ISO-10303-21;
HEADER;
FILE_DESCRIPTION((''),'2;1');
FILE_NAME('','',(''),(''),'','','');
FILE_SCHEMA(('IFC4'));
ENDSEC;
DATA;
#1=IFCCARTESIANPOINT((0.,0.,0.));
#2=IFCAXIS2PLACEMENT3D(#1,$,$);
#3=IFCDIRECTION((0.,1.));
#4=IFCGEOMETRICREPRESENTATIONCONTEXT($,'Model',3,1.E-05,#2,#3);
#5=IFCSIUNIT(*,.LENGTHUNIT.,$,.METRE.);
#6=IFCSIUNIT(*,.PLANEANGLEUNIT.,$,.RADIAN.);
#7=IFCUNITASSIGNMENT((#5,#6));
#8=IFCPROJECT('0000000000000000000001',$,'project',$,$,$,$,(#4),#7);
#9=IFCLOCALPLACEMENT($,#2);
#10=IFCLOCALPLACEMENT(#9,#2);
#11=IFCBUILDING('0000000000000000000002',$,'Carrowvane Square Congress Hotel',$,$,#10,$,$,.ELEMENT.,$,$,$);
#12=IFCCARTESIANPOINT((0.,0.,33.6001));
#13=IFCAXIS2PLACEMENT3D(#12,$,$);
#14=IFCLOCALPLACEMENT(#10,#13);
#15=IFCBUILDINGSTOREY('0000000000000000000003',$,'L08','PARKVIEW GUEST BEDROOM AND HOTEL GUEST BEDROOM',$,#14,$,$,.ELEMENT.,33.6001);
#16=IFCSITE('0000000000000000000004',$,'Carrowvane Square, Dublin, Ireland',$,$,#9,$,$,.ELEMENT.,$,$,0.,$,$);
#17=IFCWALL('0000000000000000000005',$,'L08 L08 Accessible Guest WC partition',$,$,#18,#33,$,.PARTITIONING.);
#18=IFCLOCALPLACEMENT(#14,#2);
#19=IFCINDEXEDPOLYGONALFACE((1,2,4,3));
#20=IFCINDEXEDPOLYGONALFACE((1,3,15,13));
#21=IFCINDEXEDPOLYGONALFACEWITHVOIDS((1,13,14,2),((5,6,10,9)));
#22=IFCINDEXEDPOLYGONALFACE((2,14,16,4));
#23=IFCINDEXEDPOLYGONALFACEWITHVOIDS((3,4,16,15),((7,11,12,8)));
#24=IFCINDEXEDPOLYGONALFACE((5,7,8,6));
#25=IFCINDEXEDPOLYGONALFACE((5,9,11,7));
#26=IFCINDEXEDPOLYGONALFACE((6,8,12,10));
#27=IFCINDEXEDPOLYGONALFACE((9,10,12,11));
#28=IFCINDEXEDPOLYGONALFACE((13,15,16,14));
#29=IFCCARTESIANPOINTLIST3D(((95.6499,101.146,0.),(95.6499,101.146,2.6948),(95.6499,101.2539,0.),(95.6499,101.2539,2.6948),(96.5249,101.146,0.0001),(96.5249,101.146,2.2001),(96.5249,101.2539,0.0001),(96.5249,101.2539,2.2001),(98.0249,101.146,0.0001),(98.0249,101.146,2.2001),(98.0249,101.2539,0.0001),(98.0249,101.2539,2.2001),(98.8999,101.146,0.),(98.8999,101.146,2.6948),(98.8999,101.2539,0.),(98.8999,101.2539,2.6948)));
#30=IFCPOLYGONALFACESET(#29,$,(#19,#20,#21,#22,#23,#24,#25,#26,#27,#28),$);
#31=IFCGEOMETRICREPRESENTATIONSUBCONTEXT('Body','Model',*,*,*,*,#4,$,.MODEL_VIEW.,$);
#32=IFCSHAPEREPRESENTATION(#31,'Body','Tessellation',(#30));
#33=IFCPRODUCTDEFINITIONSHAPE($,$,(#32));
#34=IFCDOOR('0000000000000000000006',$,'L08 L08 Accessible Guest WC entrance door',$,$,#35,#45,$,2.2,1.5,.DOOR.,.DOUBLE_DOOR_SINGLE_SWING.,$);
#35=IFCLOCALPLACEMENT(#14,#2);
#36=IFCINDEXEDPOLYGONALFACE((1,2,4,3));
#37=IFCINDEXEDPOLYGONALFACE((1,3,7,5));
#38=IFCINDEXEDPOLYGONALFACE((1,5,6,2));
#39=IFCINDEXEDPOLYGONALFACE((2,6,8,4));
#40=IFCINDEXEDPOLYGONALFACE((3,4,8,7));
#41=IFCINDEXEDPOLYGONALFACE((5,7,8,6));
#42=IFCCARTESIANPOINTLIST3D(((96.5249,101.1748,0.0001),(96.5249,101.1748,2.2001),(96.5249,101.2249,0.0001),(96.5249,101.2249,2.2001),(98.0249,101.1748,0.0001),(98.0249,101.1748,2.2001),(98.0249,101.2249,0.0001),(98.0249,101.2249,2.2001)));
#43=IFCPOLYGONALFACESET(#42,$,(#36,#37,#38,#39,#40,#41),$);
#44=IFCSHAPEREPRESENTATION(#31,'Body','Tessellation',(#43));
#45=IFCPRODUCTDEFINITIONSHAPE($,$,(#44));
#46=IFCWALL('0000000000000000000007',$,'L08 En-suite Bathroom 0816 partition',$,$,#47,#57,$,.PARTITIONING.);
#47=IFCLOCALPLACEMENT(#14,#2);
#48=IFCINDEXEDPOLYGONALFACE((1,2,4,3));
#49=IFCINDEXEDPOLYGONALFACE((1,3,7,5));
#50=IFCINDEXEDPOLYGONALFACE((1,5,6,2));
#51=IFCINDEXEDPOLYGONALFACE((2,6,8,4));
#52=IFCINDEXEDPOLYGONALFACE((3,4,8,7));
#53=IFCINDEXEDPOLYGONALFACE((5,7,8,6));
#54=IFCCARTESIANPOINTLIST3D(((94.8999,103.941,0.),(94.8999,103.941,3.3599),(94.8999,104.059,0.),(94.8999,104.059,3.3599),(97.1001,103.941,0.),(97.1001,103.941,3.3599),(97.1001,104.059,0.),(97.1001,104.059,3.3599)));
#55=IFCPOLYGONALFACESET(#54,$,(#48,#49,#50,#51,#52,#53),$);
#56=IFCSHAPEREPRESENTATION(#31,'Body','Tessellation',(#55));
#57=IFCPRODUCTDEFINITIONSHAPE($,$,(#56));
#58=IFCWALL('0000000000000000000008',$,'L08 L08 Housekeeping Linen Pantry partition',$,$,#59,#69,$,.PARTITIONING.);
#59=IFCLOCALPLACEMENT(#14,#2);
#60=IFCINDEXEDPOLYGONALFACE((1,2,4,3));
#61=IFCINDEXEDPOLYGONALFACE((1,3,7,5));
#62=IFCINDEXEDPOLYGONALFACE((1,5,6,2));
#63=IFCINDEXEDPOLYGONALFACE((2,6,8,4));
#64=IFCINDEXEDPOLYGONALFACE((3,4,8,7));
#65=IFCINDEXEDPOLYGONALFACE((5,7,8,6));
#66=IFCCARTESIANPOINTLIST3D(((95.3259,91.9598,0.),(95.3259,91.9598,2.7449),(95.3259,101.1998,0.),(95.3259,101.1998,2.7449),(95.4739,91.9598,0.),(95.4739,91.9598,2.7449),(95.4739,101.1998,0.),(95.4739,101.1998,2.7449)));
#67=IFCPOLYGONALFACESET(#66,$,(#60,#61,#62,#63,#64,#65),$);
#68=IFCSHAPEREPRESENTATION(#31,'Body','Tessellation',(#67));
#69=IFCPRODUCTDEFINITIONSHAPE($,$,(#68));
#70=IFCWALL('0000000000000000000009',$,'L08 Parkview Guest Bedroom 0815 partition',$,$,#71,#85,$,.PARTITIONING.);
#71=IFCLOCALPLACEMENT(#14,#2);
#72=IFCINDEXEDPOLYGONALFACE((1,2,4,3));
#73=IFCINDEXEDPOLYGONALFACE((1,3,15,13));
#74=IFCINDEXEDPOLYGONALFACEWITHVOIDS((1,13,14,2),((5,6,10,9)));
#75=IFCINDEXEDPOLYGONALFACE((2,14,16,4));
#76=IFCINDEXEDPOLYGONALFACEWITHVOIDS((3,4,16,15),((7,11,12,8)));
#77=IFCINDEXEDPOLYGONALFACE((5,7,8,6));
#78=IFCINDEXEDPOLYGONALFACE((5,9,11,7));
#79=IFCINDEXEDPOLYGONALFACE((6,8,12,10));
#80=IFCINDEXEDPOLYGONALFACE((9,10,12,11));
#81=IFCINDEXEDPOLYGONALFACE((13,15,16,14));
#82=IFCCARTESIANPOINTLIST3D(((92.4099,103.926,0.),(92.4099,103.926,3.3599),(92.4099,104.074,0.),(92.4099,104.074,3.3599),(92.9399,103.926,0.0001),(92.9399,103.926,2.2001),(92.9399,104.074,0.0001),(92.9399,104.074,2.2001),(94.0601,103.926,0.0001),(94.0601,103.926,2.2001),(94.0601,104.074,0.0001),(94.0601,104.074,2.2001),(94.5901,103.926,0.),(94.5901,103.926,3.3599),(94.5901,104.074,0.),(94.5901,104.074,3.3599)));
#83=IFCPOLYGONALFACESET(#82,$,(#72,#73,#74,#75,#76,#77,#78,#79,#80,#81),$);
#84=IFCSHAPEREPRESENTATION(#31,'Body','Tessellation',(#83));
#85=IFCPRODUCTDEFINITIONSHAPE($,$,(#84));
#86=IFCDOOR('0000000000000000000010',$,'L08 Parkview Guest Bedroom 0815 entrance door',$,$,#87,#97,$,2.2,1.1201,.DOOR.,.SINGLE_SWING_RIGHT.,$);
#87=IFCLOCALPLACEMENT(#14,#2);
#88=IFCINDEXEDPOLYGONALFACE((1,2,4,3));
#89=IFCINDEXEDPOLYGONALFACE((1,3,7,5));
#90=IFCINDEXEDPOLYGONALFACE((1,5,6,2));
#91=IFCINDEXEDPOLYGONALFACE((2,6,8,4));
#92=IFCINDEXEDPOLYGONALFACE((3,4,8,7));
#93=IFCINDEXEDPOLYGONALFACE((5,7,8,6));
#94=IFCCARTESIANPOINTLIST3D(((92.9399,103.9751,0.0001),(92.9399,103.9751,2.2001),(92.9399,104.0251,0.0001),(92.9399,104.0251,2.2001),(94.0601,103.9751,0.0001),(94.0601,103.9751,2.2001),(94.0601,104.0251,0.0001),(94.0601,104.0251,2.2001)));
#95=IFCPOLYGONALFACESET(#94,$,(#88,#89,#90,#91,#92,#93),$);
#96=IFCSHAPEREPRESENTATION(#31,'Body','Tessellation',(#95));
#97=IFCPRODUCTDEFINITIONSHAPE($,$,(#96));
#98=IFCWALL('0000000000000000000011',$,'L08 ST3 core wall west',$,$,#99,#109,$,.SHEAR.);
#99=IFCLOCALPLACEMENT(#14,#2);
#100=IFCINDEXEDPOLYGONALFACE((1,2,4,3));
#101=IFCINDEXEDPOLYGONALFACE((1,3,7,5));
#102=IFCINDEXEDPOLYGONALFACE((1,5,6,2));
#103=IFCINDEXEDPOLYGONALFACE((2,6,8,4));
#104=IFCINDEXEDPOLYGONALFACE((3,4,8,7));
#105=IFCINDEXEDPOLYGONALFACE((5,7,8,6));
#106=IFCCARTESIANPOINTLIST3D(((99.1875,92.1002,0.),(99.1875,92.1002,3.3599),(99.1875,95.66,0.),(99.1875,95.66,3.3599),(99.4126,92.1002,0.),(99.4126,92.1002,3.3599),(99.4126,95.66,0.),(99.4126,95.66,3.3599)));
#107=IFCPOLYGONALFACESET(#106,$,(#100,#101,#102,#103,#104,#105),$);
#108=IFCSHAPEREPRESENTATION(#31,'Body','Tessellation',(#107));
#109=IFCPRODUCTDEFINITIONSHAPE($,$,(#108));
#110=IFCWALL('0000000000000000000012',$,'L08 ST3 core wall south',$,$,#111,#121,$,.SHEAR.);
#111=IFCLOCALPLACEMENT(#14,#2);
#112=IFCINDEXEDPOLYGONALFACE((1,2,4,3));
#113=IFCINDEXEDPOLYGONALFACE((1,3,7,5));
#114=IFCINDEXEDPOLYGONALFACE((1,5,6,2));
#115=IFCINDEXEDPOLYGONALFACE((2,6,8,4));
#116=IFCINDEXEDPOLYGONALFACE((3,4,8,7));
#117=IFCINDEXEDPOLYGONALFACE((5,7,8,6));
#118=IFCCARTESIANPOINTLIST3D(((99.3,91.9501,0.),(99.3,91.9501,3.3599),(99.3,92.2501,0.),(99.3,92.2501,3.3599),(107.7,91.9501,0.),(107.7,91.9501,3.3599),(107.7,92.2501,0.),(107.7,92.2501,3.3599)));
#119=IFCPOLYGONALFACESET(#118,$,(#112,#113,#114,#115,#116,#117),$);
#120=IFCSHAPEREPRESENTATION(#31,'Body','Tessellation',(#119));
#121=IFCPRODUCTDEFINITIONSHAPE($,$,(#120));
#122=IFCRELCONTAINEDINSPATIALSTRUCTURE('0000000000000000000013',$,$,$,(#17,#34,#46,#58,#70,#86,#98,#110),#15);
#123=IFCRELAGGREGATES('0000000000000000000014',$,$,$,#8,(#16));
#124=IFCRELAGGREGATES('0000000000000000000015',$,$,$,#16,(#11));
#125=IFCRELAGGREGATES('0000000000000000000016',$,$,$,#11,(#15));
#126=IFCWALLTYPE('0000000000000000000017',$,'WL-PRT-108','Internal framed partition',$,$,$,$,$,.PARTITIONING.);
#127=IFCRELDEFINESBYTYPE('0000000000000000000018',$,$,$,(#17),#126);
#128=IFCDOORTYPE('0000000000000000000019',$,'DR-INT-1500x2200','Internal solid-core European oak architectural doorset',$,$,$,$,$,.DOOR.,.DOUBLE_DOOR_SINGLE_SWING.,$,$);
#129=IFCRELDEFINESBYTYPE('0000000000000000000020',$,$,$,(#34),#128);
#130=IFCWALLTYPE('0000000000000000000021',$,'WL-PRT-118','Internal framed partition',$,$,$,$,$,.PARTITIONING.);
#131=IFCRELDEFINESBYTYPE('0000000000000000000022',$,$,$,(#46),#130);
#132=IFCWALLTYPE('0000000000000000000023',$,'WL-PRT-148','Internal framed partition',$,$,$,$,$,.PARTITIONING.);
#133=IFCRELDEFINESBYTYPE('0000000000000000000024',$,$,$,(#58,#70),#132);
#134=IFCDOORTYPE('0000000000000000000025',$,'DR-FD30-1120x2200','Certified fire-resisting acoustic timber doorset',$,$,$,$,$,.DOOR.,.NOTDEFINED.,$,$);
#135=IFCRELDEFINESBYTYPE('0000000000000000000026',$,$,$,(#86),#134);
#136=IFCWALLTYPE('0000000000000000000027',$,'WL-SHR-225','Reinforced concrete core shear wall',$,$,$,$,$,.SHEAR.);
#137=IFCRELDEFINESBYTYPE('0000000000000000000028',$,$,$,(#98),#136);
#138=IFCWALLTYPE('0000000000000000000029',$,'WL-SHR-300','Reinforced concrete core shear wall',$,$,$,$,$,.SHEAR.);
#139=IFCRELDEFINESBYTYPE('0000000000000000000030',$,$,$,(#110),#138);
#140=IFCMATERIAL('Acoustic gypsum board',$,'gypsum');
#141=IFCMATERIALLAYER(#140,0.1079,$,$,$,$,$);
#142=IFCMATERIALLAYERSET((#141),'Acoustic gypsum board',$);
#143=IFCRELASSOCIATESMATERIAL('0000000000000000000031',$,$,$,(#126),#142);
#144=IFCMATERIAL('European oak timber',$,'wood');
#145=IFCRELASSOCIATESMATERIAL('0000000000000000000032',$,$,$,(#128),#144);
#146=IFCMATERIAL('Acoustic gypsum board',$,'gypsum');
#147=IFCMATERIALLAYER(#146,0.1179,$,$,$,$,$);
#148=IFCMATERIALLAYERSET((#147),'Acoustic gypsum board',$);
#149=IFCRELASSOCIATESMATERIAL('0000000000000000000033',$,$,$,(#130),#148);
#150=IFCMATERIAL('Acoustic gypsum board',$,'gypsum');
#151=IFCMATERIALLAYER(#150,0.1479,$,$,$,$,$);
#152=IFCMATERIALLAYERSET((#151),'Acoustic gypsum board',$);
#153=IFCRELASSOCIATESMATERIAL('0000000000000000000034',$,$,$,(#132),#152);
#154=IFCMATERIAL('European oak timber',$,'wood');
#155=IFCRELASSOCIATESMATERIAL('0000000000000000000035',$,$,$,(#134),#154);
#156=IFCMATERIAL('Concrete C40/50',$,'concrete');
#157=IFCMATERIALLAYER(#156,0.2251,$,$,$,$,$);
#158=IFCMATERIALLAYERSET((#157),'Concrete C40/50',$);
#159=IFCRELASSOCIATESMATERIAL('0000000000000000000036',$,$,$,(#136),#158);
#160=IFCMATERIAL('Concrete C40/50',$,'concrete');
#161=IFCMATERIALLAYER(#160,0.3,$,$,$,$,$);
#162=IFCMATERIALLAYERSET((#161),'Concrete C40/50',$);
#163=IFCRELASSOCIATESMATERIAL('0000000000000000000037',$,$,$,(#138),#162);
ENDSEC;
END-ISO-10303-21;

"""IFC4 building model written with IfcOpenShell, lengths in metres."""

from ifc_helpers import new_model, si_unit, direction, frame, frame_2d, origin, place, context, subcontext, project, spatial, rectangle, extrude, material, layer, layer_set, type_object, element, fill, save


model = new_model("IFC4")

# Units and contexts
model_context = context("Model", 3, precision=1e-05, world=origin(), true_north=direction((0.0, 1.0)))
body_context = subcontext(model_context, "Body", "Model", "MODEL_VIEW")
ifc_project = project(units=[si_unit("LENGTHUNIT", "METRE"), si_unit("PLANEANGLEUNIT", "RADIAN")], contexts=[model_context])

# Site, building, storey
site_placement = place(None, origin())
site = spatial("IfcSite", under=ifc_project, at=site_placement, Name="Carrowvane Square, Dublin, Ireland", CompositionType="ELEMENT", RefElevation=0.0)
building_placement = place(site_placement, origin())
building = spatial("IfcBuilding", under=site, at=building_placement, Name="Carrowvane Square Congress Hotel", CompositionType="ELEMENT")
storey_placement = place(building_placement, frame((0.0, 0.0, 33.6001)))
storey = spatial("IfcBuildingStorey", under=building, at=storey_placement, Name="L08", Description="PARKVIEW GUEST BEDROOM AND HOTEL GUEST BEDROOM", CompositionType="ELEMENT", Elevation=33.6001)

# Wall, opening, door
ifc_material_1 = material(Name="Acoustic gypsum board", Category="gypsum")
ifc_layer_1 = layer(ifc_material_1, 0.1079)
ifc_layer_set_1 = layer_set([ifc_layer_1], Name="Acoustic gypsum board")
wall_type_1 = type_object("IfcWallType", Name="WL-PRT-108", Description="Internal framed partition", PredefinedType="PARTITIONING", material=ifc_layer_set_1)
wall_1_placement = place(storey_placement, frame((95.6499, 101.2, 0.0), z_axis=(0.0, 0.0, 1.0), x_axis=(1.0, 0.0, 0.0)))
wall_1 = element("IfcWall", 1, at=wall_1_placement, inside=storey, type_object=wall_type_1, Name="L08 L08 Accessible Guest WC partition", PredefinedType="PARTITIONING", context=body_context, shape_type="SweptSolid", body=[
    extrude(rectangle(XDim=3.25, YDim=0.1079, at=frame_2d((1.625, 0.0))), origin(), (0.0, 0.0, 1.0), 2.6948),
])
opening_1_placement = place(wall_1_placement, frame((0.875, 0.0, 0.0)))
opening_1 = element("IfcOpeningElement", 2, at=opening_1_placement, cuts=wall_1, PredefinedType="OPENING", context=body_context, shape_type="SweptSolid", body=[
    extrude(rectangle(XDim=1.5, YDim=2.2, at=frame_2d((0.75, 1.1001))), frame((0.0, 0.064, 0.0), z_axis=(0.0, -1.0, 0.0), x_axis=(1.0, 0.0, 0.0)), (0.0, 0.0, 1.0), 0.1279),
])
ifc_material_2 = material(Name="European oak timber", Category="wood")
door_type_1 = type_object("IfcDoorType", Name="DR-INT-1500x2200", Description="Internal solid-core European oak architectural doorset", OperationType="DOUBLE_DOOR_SINGLE_SWING", PredefinedType="DOOR", material=ifc_material_2)
door_1_placement = place(opening_1_placement, origin())
door_1 = element("IfcDoor", 3, at=door_1_placement, inside=storey, type_object=door_type_1, Name="L08 L08 Accessible Guest WC entrance door", OperationType="DOUBLE_DOOR_SINGLE_SWING", OverallHeight=2.2, OverallWidth=1.5, PredefinedType="DOOR", context=body_context, shape_type="SweptSolid", body=[
    extrude(rectangle(XDim=1.5, YDim=2.2, at=frame_2d((0.75, 1.1001))), frame((0.0, 0.0249, 0.0), z_axis=(0.0, -1.0, 0.0), x_axis=(1.0, 0.0, 0.0)), (0.0, 0.0, 1.0), 0.05),
])
fill(opening_1, door_1)

# Walls
ifc_material_3 = material(Name="Acoustic gypsum board", Category="gypsum")
ifc_layer_2 = layer(ifc_material_3, 0.1179)
ifc_layer_set_2 = layer_set([ifc_layer_2], Name="Acoustic gypsum board")
wall_type_2 = type_object("IfcWallType", Name="WL-PRT-118", Description="Internal framed partition", PredefinedType="PARTITIONING", material=ifc_layer_set_2)
wall_2_placement = place(storey_placement, frame((97.1001, 104.0, 0.0), z_axis=(0.0, 0.0, 1.0), x_axis=(-1.0, 0.0, 0.0)))
element("IfcWall", 4, at=wall_2_placement, inside=storey, type_object=wall_type_2, Name="L08 En-suite Bathroom 0816 partition", PredefinedType="PARTITIONING", context=body_context, shape_type="SweptSolid", body=[
    extrude(rectangle(XDim=2.2002, YDim=0.1179, at=frame_2d((1.1001, 0.0))), origin(), (0.0, 0.0, 1.0), 3.3599),
])
ifc_material_4 = material(Name="Acoustic gypsum board", Category="gypsum")
ifc_layer_3 = layer(ifc_material_4, 0.1479)
ifc_layer_set_3 = layer_set([ifc_layer_3], Name="Acoustic gypsum board")
wall_type_3 = type_object("IfcWallType", Name="WL-PRT-148", Description="Internal framed partition", PredefinedType="PARTITIONING", material=ifc_layer_set_3)
wall_3_placement = place(storey_placement, frame((95.3999, 101.2, 0.0), z_axis=(0.0, 0.0, 1.0), x_axis=(0.0, -1.0, 0.0)))
element("IfcWall", 5, at=wall_3_placement, inside=storey, type_object=wall_type_3, Name="L08 L08 Housekeeping Linen Pantry partition", PredefinedType="PARTITIONING", context=body_context, shape_type="SweptSolid", body=[
    extrude(rectangle(XDim=9.24, YDim=0.1479, at=frame_2d((4.6201, 0.0))), origin(), (0.0, 0.0, 1.0), 2.7449),
])

# Wall, opening, door
wall_4_placement = place(storey_placement, frame((94.5901, 104.0, 0.0), z_axis=(0.0, 0.0, 1.0), x_axis=(-1.0, 0.0, 0.0)))
wall_4 = element("IfcWall", 6, at=wall_4_placement, inside=storey, type_object=wall_type_3, Name="L08 Parkview Guest Bedroom 0815 partition", PredefinedType="PARTITIONING", context=body_context, shape_type="SweptSolid", body=[
    extrude(rectangle(XDim=2.1802, YDim=0.1479, at=frame_2d((1.0901, 0.0))), origin(), (0.0, 0.0, 1.0), 3.3599),
])
opening_2_placement = place(wall_4_placement, frame((0.53, 0.0, 0.0)))
opening_2 = element("IfcOpeningElement", 7, at=opening_2_placement, cuts=wall_4, PredefinedType="OPENING", context=body_context, shape_type="SweptSolid", body=[
    extrude(rectangle(XDim=1.1201, YDim=2.2, at=frame_2d((0.5601, 1.1001))), frame((0.0, 0.084, 0.0), z_axis=(0.0, -1.0, 0.0), x_axis=(1.0, 0.0, 0.0)), (0.0, 0.0, 1.0), 0.168),
])
ifc_material_5 = material(Name="European oak timber", Category="wood")
door_type_2 = type_object("IfcDoorType", Name="DR-FD30-1120x2200", Description="Certified fire-resisting acoustic timber doorset", OperationType="NOTDEFINED", PredefinedType="DOOR", material=ifc_material_5)
door_2_placement = place(opening_2_placement, origin())
door_2 = element("IfcDoor", 8, at=door_2_placement, inside=storey, type_object=door_type_2, Name="L08 Parkview Guest Bedroom 0815 entrance door", OperationType="SINGLE_SWING_RIGHT", OverallHeight=2.2, OverallWidth=1.1201, PredefinedType="DOOR", context=body_context, shape_type="SweptSolid", body=[
    extrude(rectangle(XDim=1.1201, YDim=2.2, at=frame_2d((0.5601, 1.1001))), frame((0.0, 0.0249, 0.0), z_axis=(0.0, -1.0, 0.0), x_axis=(1.0, 0.0, 0.0)), (0.0, 0.0, 1.0), 0.05),
])
fill(opening_2, door_2)

# Walls
ifc_material_6 = material(Name="Concrete C40/50", Category="concrete")
ifc_layer_4 = layer(ifc_material_6, 0.2251)
ifc_layer_set_4 = layer_set([ifc_layer_4], Name="Concrete C40/50")
wall_type_4 = type_object("IfcWallType", Name="WL-SHR-225", Description="Reinforced concrete core shear wall", PredefinedType="SHEAR", material=ifc_layer_set_4)
wall_5_placement = place(storey_placement, frame((99.3, 95.6599, 0.0), z_axis=(0.0, 0.0, 1.0), x_axis=(0.0, -1.0, 0.0)))
element("IfcWall", 9, at=wall_5_placement, inside=storey, type_object=wall_type_4, Name="L08 ST3 core wall west", PredefinedType="SHEAR", context=body_context, shape_type="SweptSolid", body=[
    extrude(rectangle(XDim=3.5598, YDim=0.2251, at=frame_2d((1.7798, 0.0))), origin(), (0.0, 0.0, 1.0), 3.3599),
])
ifc_material_7 = material(Name="Concrete C40/50", Category="concrete")
ifc_layer_5 = layer(ifc_material_7, 0.3)
ifc_layer_set_5 = layer_set([ifc_layer_5], Name="Concrete C40/50")
wall_type_5 = type_object("IfcWallType", Name="WL-SHR-300", Description="Reinforced concrete core shear wall", PredefinedType="SHEAR", material=ifc_layer_set_5)
wall_6_placement = place(storey_placement, frame((99.3, 92.1001, 0.0), z_axis=(0.0, 0.0, 1.0), x_axis=(1.0, 0.0, 0.0)))
element("IfcWall", 10, at=wall_6_placement, inside=storey, type_object=wall_type_5, Name="L08 ST3 core wall south", PredefinedType="SHEAR", context=body_context, shape_type="SweptSolid", body=[
    extrude(rectangle(XDim=8.3999, YDim=0.3, at=frame_2d((4.2, 0.0))), origin(), (0.0, 0.0, 1.0), 3.3599),
])

save(model, "model.ifc")
